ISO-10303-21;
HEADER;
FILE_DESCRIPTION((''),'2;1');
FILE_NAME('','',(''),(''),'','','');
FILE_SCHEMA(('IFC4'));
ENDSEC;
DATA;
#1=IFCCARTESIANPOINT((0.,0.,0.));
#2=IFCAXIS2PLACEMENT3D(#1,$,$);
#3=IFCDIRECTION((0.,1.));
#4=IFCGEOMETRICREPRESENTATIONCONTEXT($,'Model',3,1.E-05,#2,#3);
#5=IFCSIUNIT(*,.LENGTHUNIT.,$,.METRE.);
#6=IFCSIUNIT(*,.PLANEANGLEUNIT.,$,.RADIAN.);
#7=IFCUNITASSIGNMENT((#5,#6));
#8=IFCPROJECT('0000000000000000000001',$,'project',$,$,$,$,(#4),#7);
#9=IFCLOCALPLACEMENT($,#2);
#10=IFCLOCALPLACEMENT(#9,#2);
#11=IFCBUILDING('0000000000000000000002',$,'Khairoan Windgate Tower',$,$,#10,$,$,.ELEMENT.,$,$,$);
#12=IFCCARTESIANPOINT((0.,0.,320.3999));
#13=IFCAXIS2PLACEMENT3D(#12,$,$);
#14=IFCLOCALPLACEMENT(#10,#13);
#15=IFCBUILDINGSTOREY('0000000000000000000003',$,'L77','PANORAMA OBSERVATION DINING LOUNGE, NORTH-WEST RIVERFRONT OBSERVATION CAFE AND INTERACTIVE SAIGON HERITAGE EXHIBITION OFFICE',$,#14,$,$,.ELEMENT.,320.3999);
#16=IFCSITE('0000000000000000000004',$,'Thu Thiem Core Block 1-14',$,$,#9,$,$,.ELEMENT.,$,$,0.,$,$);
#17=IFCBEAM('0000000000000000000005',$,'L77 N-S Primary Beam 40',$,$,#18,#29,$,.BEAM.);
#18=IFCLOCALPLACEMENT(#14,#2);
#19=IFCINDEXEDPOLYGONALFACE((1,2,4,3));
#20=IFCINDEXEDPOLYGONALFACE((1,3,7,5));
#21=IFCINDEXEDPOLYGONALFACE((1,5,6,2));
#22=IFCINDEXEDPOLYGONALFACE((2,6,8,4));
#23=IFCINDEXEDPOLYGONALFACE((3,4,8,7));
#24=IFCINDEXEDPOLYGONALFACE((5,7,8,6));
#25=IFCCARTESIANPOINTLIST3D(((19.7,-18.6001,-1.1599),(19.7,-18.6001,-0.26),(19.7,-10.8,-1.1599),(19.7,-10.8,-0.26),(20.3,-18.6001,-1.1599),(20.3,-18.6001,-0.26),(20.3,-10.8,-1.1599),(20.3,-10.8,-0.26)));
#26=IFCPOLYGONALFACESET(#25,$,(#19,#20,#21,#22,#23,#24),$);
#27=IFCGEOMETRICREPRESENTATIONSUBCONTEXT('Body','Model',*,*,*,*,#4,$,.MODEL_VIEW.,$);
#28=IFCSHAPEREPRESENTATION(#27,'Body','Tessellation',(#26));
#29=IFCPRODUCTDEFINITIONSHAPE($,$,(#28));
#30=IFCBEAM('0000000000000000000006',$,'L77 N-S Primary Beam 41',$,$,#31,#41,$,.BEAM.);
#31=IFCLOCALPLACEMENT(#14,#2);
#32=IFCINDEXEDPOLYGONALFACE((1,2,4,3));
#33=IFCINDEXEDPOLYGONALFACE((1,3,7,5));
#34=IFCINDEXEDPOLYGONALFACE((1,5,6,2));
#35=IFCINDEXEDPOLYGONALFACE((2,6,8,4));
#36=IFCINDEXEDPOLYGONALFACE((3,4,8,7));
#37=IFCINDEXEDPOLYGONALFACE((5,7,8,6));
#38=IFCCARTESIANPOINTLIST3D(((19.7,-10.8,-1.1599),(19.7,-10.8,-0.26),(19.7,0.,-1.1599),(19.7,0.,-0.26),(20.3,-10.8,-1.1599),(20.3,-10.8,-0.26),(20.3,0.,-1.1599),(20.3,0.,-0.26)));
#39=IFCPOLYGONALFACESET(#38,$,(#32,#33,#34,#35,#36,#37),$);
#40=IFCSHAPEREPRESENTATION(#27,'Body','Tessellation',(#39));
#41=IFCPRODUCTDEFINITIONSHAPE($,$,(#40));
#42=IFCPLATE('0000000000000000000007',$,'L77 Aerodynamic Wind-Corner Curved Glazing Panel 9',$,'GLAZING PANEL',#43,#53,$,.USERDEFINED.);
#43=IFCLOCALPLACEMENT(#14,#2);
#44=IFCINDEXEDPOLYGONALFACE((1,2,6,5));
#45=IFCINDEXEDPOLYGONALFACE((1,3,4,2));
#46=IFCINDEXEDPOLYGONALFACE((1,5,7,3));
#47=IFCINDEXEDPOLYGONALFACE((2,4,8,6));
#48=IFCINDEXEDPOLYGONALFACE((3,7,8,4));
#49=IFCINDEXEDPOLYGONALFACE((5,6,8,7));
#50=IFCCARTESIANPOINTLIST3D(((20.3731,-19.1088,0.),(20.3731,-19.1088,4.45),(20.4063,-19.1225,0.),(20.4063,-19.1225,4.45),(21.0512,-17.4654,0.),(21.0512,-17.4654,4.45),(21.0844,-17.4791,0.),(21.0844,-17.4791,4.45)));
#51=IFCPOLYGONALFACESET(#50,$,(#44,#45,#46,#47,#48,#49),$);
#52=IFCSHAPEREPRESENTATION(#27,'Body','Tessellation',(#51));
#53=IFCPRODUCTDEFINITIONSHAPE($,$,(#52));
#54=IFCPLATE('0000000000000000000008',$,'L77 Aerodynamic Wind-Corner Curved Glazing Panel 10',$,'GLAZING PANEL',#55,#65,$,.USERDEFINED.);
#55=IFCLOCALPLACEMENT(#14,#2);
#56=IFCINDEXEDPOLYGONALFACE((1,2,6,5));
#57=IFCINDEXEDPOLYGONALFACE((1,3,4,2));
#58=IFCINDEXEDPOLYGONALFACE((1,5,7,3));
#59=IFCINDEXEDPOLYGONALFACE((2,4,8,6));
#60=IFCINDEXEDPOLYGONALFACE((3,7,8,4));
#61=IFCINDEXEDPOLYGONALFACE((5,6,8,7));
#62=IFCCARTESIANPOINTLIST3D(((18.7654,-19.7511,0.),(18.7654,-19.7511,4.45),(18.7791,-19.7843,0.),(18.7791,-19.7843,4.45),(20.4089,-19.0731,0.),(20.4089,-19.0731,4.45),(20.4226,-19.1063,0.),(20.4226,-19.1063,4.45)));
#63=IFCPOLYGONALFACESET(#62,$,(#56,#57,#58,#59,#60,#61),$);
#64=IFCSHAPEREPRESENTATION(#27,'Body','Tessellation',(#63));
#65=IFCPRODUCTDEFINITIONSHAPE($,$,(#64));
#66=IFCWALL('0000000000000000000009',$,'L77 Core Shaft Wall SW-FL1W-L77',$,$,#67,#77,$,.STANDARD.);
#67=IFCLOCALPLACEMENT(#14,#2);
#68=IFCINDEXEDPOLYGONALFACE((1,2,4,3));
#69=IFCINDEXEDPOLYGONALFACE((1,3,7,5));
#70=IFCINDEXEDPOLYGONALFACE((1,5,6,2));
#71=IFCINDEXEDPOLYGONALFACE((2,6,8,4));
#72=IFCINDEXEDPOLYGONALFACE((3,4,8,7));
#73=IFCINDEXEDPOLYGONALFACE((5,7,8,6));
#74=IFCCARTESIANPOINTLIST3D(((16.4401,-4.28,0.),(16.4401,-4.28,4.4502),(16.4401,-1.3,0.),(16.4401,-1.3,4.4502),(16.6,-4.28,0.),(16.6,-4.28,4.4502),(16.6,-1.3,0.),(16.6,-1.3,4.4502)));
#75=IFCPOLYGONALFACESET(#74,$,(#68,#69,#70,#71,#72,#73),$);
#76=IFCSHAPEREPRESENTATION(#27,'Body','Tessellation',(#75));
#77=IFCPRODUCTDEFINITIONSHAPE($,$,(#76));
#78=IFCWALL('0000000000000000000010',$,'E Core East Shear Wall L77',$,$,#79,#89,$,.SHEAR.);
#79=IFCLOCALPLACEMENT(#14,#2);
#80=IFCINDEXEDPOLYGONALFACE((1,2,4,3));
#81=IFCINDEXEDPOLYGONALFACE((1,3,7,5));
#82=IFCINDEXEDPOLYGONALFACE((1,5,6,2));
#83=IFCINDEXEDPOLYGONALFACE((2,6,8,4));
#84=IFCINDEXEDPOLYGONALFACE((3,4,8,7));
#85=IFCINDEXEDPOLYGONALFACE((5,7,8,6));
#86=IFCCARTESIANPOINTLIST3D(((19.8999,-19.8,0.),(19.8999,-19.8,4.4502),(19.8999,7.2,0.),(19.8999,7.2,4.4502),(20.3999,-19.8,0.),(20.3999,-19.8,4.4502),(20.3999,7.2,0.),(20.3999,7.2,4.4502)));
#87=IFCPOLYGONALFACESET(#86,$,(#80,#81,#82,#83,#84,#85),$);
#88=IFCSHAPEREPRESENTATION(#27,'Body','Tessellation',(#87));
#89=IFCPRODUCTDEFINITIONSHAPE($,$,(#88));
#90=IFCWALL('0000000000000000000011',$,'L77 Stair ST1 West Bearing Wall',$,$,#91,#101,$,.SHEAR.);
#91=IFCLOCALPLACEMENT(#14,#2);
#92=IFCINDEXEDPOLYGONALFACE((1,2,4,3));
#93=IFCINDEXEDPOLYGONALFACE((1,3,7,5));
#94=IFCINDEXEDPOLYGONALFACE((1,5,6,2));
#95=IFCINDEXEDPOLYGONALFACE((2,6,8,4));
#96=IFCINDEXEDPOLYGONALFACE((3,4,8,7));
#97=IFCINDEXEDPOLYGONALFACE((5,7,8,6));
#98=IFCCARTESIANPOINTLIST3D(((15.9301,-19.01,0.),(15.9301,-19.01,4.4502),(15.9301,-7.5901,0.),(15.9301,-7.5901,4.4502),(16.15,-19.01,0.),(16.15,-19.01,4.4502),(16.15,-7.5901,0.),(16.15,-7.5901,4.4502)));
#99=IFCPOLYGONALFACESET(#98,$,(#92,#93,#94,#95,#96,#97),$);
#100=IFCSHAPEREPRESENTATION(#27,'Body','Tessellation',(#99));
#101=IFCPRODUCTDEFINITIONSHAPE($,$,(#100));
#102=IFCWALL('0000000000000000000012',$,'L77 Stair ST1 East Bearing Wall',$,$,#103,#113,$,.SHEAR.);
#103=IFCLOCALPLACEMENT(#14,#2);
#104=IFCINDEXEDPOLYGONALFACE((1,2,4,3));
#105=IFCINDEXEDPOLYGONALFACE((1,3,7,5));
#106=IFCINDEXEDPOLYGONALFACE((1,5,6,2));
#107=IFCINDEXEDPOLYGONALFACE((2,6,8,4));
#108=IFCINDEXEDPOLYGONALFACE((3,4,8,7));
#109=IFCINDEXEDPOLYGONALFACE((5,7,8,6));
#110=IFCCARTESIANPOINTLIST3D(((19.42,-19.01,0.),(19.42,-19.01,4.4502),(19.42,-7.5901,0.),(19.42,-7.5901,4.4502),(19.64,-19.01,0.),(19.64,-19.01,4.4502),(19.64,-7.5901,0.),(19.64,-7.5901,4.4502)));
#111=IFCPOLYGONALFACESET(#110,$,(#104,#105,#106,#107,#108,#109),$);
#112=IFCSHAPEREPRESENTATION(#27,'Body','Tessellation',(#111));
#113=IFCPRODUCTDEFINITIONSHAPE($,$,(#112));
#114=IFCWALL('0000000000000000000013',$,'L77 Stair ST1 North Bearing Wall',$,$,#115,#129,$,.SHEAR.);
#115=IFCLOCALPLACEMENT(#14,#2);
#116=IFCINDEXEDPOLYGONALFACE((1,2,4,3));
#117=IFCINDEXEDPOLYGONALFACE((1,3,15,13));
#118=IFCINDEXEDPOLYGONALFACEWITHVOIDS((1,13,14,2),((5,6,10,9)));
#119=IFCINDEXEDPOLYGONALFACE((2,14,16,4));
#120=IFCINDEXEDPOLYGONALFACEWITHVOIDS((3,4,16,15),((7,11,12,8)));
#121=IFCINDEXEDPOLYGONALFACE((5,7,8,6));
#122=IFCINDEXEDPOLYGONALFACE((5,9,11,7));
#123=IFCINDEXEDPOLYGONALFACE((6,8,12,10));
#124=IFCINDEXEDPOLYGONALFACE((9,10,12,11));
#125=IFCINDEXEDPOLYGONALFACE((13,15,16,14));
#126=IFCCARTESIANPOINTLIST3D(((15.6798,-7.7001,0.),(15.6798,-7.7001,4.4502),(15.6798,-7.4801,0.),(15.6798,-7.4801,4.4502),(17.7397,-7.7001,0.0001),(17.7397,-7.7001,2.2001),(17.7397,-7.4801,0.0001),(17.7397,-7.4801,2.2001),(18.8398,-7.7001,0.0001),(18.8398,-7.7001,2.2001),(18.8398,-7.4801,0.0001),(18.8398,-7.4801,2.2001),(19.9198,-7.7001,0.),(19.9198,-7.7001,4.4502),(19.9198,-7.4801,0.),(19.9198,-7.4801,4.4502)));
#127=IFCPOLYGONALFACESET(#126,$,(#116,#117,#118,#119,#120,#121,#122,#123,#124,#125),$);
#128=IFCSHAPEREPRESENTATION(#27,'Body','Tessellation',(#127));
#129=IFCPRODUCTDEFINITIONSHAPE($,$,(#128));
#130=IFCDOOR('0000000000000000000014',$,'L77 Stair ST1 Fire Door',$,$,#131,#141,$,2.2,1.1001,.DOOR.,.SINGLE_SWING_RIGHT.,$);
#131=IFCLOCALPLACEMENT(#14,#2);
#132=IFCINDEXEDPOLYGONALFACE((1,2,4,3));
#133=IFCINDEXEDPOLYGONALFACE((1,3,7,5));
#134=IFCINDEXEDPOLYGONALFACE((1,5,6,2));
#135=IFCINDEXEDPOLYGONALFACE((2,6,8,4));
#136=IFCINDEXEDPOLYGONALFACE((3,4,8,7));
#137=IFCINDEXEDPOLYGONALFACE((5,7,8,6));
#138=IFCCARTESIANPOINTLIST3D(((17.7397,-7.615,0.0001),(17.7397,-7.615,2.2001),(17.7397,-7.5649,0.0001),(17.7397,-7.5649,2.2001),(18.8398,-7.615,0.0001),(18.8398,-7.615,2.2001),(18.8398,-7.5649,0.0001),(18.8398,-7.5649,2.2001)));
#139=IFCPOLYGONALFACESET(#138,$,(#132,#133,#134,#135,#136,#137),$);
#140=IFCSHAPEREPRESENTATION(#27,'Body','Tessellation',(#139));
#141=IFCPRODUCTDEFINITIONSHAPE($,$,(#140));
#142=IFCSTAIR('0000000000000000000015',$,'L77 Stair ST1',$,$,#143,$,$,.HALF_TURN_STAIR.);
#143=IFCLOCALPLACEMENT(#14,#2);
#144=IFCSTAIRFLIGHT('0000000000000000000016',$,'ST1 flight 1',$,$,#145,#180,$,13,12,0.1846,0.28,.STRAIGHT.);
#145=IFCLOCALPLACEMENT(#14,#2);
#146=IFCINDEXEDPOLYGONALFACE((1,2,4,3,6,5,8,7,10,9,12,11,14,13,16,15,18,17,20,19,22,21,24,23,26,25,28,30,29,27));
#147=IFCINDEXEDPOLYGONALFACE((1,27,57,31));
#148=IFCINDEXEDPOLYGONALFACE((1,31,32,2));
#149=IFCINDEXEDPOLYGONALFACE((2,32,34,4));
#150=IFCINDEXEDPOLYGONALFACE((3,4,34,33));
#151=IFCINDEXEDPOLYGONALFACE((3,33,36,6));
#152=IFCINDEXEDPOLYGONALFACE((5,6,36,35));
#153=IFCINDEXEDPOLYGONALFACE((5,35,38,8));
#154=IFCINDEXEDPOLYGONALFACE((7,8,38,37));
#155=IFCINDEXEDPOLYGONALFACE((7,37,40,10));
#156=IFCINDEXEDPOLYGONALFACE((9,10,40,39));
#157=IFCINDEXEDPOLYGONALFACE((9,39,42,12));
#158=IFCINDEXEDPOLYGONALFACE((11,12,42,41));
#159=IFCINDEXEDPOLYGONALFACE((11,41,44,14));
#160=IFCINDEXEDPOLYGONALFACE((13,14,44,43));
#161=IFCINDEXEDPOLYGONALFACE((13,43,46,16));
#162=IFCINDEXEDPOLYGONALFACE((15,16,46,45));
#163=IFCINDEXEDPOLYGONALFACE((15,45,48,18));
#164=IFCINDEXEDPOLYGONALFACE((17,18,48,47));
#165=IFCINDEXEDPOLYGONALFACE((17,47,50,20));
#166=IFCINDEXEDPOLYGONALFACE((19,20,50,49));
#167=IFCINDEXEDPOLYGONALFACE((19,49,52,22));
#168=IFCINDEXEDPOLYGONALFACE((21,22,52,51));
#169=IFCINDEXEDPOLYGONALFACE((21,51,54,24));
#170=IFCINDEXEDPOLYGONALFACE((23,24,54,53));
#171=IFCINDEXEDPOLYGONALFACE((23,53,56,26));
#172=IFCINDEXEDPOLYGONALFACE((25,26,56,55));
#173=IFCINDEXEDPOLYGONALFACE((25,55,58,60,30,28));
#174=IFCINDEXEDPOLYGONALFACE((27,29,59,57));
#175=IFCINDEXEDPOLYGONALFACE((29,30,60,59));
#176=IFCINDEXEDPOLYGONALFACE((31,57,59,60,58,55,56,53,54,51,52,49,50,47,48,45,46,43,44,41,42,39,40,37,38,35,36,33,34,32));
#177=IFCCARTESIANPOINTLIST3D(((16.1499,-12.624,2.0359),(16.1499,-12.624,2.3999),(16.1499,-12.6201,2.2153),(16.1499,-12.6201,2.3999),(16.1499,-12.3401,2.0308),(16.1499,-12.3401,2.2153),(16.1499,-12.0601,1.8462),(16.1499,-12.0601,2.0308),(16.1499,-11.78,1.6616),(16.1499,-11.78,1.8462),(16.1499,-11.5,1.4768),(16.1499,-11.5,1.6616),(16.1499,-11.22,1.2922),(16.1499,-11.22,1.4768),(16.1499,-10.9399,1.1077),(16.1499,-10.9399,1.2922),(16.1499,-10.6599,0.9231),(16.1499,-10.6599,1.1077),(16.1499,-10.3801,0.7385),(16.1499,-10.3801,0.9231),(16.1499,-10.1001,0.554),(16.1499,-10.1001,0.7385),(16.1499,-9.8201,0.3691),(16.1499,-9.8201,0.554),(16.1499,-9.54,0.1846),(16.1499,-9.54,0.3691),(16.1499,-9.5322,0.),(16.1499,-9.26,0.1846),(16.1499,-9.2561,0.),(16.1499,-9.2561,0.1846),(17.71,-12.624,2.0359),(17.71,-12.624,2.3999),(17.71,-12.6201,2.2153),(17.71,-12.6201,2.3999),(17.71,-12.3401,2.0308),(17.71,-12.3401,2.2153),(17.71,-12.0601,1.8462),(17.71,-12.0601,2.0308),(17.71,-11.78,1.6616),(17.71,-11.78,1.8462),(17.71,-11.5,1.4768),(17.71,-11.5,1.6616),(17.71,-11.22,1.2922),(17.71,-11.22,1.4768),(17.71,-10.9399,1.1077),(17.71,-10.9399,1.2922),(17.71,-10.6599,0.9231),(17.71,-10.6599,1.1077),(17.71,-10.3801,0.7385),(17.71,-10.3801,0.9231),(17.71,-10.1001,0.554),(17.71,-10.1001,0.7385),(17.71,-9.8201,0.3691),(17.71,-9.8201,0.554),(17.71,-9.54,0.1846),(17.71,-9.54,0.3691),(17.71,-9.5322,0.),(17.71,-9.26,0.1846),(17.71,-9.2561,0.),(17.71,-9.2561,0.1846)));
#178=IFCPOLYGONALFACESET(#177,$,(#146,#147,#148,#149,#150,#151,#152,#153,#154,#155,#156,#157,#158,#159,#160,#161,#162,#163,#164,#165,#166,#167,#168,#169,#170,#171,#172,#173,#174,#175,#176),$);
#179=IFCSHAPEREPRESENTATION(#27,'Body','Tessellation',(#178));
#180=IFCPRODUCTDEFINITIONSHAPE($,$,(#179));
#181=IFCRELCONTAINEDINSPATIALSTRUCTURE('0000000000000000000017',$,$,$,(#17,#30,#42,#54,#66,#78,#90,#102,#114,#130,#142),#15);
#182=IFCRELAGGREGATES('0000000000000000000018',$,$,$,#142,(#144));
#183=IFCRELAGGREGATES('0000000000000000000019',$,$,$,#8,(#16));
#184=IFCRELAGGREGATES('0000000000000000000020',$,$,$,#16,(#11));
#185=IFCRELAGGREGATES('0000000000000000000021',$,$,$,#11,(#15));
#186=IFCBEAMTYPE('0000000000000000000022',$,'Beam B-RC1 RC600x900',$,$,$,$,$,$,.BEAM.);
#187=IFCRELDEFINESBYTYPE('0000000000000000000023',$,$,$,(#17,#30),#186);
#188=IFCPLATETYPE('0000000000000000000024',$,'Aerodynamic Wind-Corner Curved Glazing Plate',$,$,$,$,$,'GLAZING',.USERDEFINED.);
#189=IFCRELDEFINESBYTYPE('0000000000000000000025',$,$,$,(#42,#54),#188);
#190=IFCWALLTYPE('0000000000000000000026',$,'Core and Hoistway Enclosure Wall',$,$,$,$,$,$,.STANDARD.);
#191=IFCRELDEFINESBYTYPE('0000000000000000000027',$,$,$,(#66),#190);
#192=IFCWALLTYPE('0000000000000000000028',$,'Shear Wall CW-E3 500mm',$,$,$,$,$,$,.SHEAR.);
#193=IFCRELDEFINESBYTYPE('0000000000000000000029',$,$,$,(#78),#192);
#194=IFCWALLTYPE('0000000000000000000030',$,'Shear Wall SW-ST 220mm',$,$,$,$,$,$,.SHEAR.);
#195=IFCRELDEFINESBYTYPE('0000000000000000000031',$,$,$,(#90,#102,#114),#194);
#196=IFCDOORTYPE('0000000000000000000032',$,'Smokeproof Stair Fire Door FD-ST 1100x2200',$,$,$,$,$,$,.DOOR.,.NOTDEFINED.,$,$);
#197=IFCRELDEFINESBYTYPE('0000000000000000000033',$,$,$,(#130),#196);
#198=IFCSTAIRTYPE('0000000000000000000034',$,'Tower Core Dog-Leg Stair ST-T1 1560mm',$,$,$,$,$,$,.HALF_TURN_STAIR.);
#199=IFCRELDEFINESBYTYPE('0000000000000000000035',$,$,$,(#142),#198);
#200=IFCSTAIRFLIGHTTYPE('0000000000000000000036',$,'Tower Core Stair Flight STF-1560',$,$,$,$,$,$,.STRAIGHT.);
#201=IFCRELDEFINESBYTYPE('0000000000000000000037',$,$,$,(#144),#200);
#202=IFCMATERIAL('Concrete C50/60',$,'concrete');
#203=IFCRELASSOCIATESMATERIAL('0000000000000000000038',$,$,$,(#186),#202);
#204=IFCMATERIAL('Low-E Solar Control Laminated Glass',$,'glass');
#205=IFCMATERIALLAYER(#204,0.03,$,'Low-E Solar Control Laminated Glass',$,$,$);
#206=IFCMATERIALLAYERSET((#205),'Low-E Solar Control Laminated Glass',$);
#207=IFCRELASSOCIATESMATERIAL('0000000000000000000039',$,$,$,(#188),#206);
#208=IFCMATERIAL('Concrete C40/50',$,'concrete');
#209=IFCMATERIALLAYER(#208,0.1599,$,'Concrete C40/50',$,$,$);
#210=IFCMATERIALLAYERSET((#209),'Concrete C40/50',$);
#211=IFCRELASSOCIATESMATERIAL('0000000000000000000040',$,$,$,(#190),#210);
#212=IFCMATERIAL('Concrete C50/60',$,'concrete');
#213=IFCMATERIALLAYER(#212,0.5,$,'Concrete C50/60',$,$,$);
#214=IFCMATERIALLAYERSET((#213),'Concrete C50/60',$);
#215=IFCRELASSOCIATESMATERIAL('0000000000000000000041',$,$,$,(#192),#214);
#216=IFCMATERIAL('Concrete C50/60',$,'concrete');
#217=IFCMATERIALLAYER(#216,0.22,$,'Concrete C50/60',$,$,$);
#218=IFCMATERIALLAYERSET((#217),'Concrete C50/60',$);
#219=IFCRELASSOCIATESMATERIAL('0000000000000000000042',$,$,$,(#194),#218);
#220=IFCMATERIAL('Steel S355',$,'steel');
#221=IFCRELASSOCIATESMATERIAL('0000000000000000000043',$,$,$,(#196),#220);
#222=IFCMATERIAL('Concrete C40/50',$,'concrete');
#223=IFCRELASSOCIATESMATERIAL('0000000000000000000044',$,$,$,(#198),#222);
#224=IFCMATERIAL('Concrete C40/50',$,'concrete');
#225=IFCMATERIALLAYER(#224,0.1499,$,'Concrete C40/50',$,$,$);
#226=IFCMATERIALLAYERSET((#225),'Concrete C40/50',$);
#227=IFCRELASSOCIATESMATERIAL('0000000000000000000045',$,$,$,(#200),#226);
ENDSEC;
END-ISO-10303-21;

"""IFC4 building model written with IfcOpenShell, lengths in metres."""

from ifc_helpers import new_model, si_unit, direction, frame, frame_2d, origin, origin_2d, place, context, subcontext, project, spatial, polyline, rectangle, outline, extrude, material, layer, layer_set, material_profile, profile_set, type_object, element, fill, aggregate, save


model = new_model("IFC4")

# Units and contexts
model_context = context("Model", 3, precision=1e-05, world=origin(), true_north=direction((0.0, 1.0)))
body_context = subcontext(model_context, "Body", "Model", "MODEL_VIEW")
ifc_project = project(units=[si_unit("LENGTHUNIT", "METRE"), si_unit("PLANEANGLEUNIT", "RADIAN")], contexts=[model_context])

# Site, building, storey
site_placement = place(None, origin())
site = spatial("IfcSite", under=ifc_project, at=site_placement, Name="Thu Thiem Core Block 1-14", CompositionType="ELEMENT", RefElevation=0.0)
building_placement = place(site_placement, origin())
building = spatial("IfcBuilding", under=site, at=building_placement, Name="Khairoan Windgate Tower", CompositionType="ELEMENT")
storey_placement = place(building_placement, frame((0.0, 0.0, 320.3999)))
storey = spatial("IfcBuildingStorey", under=building, at=storey_placement, Name="L77", Description="PANORAMA OBSERVATION DINING LOUNGE, NORTH-WEST RIVERFRONT OBSERVATION CAFE AND INTERACTIVE SAIGON HERITAGE EXHIBITION OFFICE", CompositionType="ELEMENT", Elevation=320.3999)

# Beams
ifc_material_1 = material(Name="Concrete C50/60", Category="concrete")
ifc_material_profile = material_profile(ifc_material_1, rectangle(XDim=0.6001, YDim=0.8999, at=origin_2d()))
ifc_profile_set = profile_set([ifc_material_profile], Name="Concrete C50/60")
beam_type = type_object("IfcBeamType", Name="Beam B-RC1 RC600x900", PredefinedType="BEAM", material=ifc_profile_set)
beam_1_placement = place(storey_placement, frame((20.0, -18.6001, -0.71), z_axis=(0.0, 1.0, 0.0), x_axis=(-1.0, 0.0, 0.0)))
element("IfcBeam", 1, at=beam_1_placement, inside=storey, type_object=beam_type, Name="L77 N-S Primary Beam 40", PredefinedType="BEAM", context=body_context, shape_type="SweptSolid", body=[
    extrude(rectangle(XDim=0.6001, YDim=0.8999, at=origin_2d()), origin(), (0.0, 0.0, 1.0), 7.8),
])
beam_2_placement = place(storey_placement, frame((20.0, -10.8, -0.71), z_axis=(0.0, 1.0, 0.0), x_axis=(-1.0, 0.0, 0.0)))
element("IfcBeam", 2, at=beam_2_placement, inside=storey, type_object=beam_type, Name="L77 N-S Primary Beam 41", PredefinedType="BEAM", context=body_context, shape_type="SweptSolid", body=[
    extrude(rectangle(XDim=0.6001, YDim=0.8999, at=origin_2d()), origin(), (0.0, 0.0, 1.0), 10.8),
])

# Plates
ifc_material_2 = material(Name="Low-E Solar Control Laminated Glass", Category="glass")
ifc_layer_1 = layer(ifc_material_2, 0.03, Name="Low-E Solar Control Laminated Glass")
ifc_layer_set_1 = layer_set([ifc_layer_1], Name="Low-E Solar Control Laminated Glass")
plate_type = type_object("IfcPlateType", Name="Aerodynamic Wind-Corner Curved Glazing Plate", ElementType="GLAZING", PredefinedType="USERDEFINED", material=ifc_layer_set_1)
for number, where, z_axis, x_axis, name in (
    (3, (20.7288, -18.2939, 0.0), (0.0, 0.0, 1.0), (-0.381393, -0.924413, 0.0), "L77 Aerodynamic Wind-Corner Curved Glazing Panel 9"),
    (4, (19.594, -19.4287, 0.0), (0.0, 0.0, 1.0), (-0.924413, -0.381393, 0.0), "L77 Aerodynamic Wind-Corner Curved Glazing Panel 10"),
):
    element("IfcPlate", number, at=place(storey_placement, frame(where, z_axis=z_axis, x_axis=x_axis)), inside=storey, type_object=plate_type, Name=name, ObjectType="GLAZING PANEL", PredefinedType="USERDEFINED", context=body_context, shape_type="SweptSolid", body=[
        extrude(rectangle(XDim=1.7778, YDim=0.0359, at=origin_2d()), origin(), (0.0, 0.0, 1.0), 4.45),
    ])

# Walls
ifc_material_3 = material(Name="Concrete C40/50", Category="concrete")
ifc_layer_2 = layer(ifc_material_3, 0.1599, Name="Concrete C40/50")
ifc_layer_set_2 = layer_set([ifc_layer_2], Name="Concrete C40/50")
wall_type_1 = type_object("IfcWallType", Name="Core and Hoistway Enclosure Wall", PredefinedType="STANDARD", material=ifc_layer_set_2)
wall_1_placement = place(storey_placement, frame((16.52, -4.28, 0.0), z_axis=(0.0, 0.0, 1.0), x_axis=(0.0, 1.0, 0.0)))
element("IfcWall", 5, at=wall_1_placement, inside=storey, type_object=wall_type_1, Name="L77 Core Shaft Wall SW-FL1W-L77", PredefinedType="STANDARD", context=body_context, shape_type="SweptSolid", body=[
    extrude(rectangle(XDim=2.98, YDim=0.1599, at=frame_2d((1.49, 0.0))), origin(), (0.0, 0.0, 1.0), 4.4502),
])
ifc_material_4 = material(Name="Concrete C50/60", Category="concrete")
ifc_layer_3 = layer(ifc_material_4, 0.5, Name="Concrete C50/60")
ifc_layer_set_3 = layer_set([ifc_layer_3], Name="Concrete C50/60")
wall_type_2 = type_object("IfcWallType", Name="Shear Wall CW-E3 500mm", PredefinedType="SHEAR", material=ifc_layer_set_3)
wall_2_placement = place(storey_placement, frame((20.1499, -19.8, 0.0), z_axis=(0.0, 0.0, 1.0), x_axis=(0.0, 1.0, 0.0)))
element("IfcWall", 6, at=wall_2_placement, inside=storey, type_object=wall_type_2, Name="E Core East Shear Wall L77", PredefinedType="SHEAR", context=body_context, shape_type="SweptSolid", body=[
    extrude(rectangle(XDim=27.0, YDim=0.5, at=frame_2d((13.5, 0.0))), origin(), (0.0, 0.0, 1.0), 4.4502),
])
ifc_material_5 = material(Name="Concrete C50/60", Category="concrete")
ifc_layer_4 = layer(ifc_material_5, 0.22, Name="Concrete C50/60")
ifc_layer_set_4 = layer_set([ifc_layer_4], Name="Concrete C50/60")
wall_type_3 = type_object("IfcWallType", Name="Shear Wall SW-ST 220mm", PredefinedType="SHEAR", material=ifc_layer_set_4)
for number, where, z_axis, x_axis, name in (
    (7, (16.04, -19.01, 0.0), (0.0, 0.0, 1.0), (0.0, 1.0, 0.0), "L77 Stair ST1 West Bearing Wall"),
    (8, (19.53, -19.01, 0.0), (0.0, 0.0, 1.0), (0.0, 1.0, 0.0), "L77 Stair ST1 East Bearing Wall"),
):
    element("IfcWall", number, at=place(storey_placement, frame(where, z_axis=z_axis, x_axis=x_axis)), inside=storey, type_object=wall_type_3, Name=name, PredefinedType="SHEAR", context=body_context, shape_type="SweptSolid", body=[
        extrude(rectangle(XDim=11.4199, YDim=0.22, at=frame_2d((5.71, 0.0))), origin(), (0.0, 0.0, 1.0), 4.4502),
    ])

# Wall, opening, door
wall_3_placement = place(storey_placement, frame((19.9199, -7.5901, 0.0), z_axis=(0.0, 0.0, 1.0), x_axis=(-1.0, 0.0, 0.0)))
wall_3 = element("IfcWall", 9, at=wall_3_placement, inside=storey, type_object=wall_type_3, Name="L77 Stair ST1 North Bearing Wall", PredefinedType="SHEAR", context=body_context, shape_type="SweptSolid", body=[
    extrude(rectangle(XDim=4.24, YDim=0.22, at=frame_2d((2.1201, 0.0))), origin(), (0.0, 0.0, 1.0), 4.4502),
])
opening_placement = place(wall_3_placement, frame((1.0801, 0.0, 0.0)))
opening = element("IfcOpeningElement", 10, at=opening_placement, cuts=wall_3, PredefinedType="OPENING", context=body_context, shape_type="SweptSolid", body=[
    extrude(rectangle(XDim=1.1001, YDim=2.2, at=frame_2d((0.55, 1.1001))), frame((0.0, 0.1199, 0.0), z_axis=(0.0, -1.0, 0.0), x_axis=(1.0, 0.0, 0.0)), (0.0, 0.0, 1.0), 0.24),
])
ifc_material_6 = material(Name="Steel S355", Category="steel")
door_type = type_object("IfcDoorType", Name="Smokeproof Stair Fire Door FD-ST 1100x2200", OperationType="NOTDEFINED", PredefinedType="DOOR", material=ifc_material_6)
door_placement = place(opening_placement, origin())
door = element("IfcDoor", 11, at=door_placement, inside=storey, type_object=door_type, Name="L77 Stair ST1 Fire Door", OperationType="SINGLE_SWING_RIGHT", OverallHeight=2.2, OverallWidth=1.1001, PredefinedType="DOOR", context=body_context, shape_type="SweptSolid", body=[
    extrude(rectangle(XDim=1.1001, YDim=2.2, at=frame_2d((0.55, 1.1001))), frame((0.0, 0.0249, 0.0), z_axis=(0.0, -1.0, 0.0), x_axis=(1.0, 0.0, 0.0)), (0.0, 0.0, 1.0), 0.05),
])
fill(opening, door)

# Stair, stair flight
ifc_material_7 = material(Name="Concrete C40/50", Category="concrete")
stair_type = type_object("IfcStairType", Name="Tower Core Dog-Leg Stair ST-T1 1560mm", PredefinedType="HALF_TURN_STAIR", material=ifc_material_7)
stair_placement = place(storey_placement, origin())
stair = element("IfcStair", 12, at=stair_placement, inside=storey, type_object=stair_type, Name="L77 Stair ST1", PredefinedType="HALF_TURN_STAIR")
ifc_material_8 = material(Name="Concrete C40/50", Category="concrete")
ifc_layer_5 = layer(ifc_material_8, 0.1499, Name="Concrete C40/50")
ifc_layer_set_5 = layer_set([ifc_layer_5], Name="Concrete C40/50")
stair_flight_type = type_object("IfcStairFlightType", Name="Tower Core Stair Flight STF-1560", PredefinedType="STRAIGHT", material=ifc_layer_set_5)
stair_flight_1_placement = place(storey_placement, frame((16.9299, -9.26, 0.0), z_axis=(0.0, 0.0, 1.0), x_axis=(0.0, -1.0, 0.0)))
stair_flight_1 = element("IfcStairFlight", 13, at=stair_flight_1_placement, type_object=stair_flight_type, Name="ST1 flight 1", NumberOfRisers=13, NumberOfTreads=12, PredefinedType="STRAIGHT", RiserHeight=0.1846, TreadLength=0.28, context=body_context, shape_type="SweptSolid", body=[
    extrude(outline(polyline([(-0.0039, 0.0), (-0.0039, 0.1846), (0.0, 0.1846), (0.28, 0.1846), (0.28, 0.3691), (0.5601, 0.3691), (0.5601, 0.554), (0.8401, 0.554), (0.8401, 0.7385), (1.1201, 0.7385), (1.1201, 0.9231), (1.3999, 0.9231), (1.3999, 1.1077), (1.6799, 1.1077), (1.6799, 1.2922), (1.96, 1.2922), (1.96, 1.4768), (2.24, 1.4768), (2.24, 1.6616), (2.52, 1.6616), (2.52, 1.8462), (2.8, 1.8462), (2.8, 2.0308), (3.0801, 2.0308), (3.0801, 2.2153), (3.3601, 2.2153), (3.3601, 2.3999), (3.364, 2.3999), (3.364, 2.0359), (0.2722, 0.0), (-0.0039, 0.0)])), frame((0.0, 0.78, 0.0), z_axis=(0.0, -1.0, 0.0), x_axis=(1.0, 0.0, 0.0)), (0.0, 0.0, 1.0), 1.5601),
])
aggregate(stair, [stair_flight_1])

save(model, "model.ifc")
